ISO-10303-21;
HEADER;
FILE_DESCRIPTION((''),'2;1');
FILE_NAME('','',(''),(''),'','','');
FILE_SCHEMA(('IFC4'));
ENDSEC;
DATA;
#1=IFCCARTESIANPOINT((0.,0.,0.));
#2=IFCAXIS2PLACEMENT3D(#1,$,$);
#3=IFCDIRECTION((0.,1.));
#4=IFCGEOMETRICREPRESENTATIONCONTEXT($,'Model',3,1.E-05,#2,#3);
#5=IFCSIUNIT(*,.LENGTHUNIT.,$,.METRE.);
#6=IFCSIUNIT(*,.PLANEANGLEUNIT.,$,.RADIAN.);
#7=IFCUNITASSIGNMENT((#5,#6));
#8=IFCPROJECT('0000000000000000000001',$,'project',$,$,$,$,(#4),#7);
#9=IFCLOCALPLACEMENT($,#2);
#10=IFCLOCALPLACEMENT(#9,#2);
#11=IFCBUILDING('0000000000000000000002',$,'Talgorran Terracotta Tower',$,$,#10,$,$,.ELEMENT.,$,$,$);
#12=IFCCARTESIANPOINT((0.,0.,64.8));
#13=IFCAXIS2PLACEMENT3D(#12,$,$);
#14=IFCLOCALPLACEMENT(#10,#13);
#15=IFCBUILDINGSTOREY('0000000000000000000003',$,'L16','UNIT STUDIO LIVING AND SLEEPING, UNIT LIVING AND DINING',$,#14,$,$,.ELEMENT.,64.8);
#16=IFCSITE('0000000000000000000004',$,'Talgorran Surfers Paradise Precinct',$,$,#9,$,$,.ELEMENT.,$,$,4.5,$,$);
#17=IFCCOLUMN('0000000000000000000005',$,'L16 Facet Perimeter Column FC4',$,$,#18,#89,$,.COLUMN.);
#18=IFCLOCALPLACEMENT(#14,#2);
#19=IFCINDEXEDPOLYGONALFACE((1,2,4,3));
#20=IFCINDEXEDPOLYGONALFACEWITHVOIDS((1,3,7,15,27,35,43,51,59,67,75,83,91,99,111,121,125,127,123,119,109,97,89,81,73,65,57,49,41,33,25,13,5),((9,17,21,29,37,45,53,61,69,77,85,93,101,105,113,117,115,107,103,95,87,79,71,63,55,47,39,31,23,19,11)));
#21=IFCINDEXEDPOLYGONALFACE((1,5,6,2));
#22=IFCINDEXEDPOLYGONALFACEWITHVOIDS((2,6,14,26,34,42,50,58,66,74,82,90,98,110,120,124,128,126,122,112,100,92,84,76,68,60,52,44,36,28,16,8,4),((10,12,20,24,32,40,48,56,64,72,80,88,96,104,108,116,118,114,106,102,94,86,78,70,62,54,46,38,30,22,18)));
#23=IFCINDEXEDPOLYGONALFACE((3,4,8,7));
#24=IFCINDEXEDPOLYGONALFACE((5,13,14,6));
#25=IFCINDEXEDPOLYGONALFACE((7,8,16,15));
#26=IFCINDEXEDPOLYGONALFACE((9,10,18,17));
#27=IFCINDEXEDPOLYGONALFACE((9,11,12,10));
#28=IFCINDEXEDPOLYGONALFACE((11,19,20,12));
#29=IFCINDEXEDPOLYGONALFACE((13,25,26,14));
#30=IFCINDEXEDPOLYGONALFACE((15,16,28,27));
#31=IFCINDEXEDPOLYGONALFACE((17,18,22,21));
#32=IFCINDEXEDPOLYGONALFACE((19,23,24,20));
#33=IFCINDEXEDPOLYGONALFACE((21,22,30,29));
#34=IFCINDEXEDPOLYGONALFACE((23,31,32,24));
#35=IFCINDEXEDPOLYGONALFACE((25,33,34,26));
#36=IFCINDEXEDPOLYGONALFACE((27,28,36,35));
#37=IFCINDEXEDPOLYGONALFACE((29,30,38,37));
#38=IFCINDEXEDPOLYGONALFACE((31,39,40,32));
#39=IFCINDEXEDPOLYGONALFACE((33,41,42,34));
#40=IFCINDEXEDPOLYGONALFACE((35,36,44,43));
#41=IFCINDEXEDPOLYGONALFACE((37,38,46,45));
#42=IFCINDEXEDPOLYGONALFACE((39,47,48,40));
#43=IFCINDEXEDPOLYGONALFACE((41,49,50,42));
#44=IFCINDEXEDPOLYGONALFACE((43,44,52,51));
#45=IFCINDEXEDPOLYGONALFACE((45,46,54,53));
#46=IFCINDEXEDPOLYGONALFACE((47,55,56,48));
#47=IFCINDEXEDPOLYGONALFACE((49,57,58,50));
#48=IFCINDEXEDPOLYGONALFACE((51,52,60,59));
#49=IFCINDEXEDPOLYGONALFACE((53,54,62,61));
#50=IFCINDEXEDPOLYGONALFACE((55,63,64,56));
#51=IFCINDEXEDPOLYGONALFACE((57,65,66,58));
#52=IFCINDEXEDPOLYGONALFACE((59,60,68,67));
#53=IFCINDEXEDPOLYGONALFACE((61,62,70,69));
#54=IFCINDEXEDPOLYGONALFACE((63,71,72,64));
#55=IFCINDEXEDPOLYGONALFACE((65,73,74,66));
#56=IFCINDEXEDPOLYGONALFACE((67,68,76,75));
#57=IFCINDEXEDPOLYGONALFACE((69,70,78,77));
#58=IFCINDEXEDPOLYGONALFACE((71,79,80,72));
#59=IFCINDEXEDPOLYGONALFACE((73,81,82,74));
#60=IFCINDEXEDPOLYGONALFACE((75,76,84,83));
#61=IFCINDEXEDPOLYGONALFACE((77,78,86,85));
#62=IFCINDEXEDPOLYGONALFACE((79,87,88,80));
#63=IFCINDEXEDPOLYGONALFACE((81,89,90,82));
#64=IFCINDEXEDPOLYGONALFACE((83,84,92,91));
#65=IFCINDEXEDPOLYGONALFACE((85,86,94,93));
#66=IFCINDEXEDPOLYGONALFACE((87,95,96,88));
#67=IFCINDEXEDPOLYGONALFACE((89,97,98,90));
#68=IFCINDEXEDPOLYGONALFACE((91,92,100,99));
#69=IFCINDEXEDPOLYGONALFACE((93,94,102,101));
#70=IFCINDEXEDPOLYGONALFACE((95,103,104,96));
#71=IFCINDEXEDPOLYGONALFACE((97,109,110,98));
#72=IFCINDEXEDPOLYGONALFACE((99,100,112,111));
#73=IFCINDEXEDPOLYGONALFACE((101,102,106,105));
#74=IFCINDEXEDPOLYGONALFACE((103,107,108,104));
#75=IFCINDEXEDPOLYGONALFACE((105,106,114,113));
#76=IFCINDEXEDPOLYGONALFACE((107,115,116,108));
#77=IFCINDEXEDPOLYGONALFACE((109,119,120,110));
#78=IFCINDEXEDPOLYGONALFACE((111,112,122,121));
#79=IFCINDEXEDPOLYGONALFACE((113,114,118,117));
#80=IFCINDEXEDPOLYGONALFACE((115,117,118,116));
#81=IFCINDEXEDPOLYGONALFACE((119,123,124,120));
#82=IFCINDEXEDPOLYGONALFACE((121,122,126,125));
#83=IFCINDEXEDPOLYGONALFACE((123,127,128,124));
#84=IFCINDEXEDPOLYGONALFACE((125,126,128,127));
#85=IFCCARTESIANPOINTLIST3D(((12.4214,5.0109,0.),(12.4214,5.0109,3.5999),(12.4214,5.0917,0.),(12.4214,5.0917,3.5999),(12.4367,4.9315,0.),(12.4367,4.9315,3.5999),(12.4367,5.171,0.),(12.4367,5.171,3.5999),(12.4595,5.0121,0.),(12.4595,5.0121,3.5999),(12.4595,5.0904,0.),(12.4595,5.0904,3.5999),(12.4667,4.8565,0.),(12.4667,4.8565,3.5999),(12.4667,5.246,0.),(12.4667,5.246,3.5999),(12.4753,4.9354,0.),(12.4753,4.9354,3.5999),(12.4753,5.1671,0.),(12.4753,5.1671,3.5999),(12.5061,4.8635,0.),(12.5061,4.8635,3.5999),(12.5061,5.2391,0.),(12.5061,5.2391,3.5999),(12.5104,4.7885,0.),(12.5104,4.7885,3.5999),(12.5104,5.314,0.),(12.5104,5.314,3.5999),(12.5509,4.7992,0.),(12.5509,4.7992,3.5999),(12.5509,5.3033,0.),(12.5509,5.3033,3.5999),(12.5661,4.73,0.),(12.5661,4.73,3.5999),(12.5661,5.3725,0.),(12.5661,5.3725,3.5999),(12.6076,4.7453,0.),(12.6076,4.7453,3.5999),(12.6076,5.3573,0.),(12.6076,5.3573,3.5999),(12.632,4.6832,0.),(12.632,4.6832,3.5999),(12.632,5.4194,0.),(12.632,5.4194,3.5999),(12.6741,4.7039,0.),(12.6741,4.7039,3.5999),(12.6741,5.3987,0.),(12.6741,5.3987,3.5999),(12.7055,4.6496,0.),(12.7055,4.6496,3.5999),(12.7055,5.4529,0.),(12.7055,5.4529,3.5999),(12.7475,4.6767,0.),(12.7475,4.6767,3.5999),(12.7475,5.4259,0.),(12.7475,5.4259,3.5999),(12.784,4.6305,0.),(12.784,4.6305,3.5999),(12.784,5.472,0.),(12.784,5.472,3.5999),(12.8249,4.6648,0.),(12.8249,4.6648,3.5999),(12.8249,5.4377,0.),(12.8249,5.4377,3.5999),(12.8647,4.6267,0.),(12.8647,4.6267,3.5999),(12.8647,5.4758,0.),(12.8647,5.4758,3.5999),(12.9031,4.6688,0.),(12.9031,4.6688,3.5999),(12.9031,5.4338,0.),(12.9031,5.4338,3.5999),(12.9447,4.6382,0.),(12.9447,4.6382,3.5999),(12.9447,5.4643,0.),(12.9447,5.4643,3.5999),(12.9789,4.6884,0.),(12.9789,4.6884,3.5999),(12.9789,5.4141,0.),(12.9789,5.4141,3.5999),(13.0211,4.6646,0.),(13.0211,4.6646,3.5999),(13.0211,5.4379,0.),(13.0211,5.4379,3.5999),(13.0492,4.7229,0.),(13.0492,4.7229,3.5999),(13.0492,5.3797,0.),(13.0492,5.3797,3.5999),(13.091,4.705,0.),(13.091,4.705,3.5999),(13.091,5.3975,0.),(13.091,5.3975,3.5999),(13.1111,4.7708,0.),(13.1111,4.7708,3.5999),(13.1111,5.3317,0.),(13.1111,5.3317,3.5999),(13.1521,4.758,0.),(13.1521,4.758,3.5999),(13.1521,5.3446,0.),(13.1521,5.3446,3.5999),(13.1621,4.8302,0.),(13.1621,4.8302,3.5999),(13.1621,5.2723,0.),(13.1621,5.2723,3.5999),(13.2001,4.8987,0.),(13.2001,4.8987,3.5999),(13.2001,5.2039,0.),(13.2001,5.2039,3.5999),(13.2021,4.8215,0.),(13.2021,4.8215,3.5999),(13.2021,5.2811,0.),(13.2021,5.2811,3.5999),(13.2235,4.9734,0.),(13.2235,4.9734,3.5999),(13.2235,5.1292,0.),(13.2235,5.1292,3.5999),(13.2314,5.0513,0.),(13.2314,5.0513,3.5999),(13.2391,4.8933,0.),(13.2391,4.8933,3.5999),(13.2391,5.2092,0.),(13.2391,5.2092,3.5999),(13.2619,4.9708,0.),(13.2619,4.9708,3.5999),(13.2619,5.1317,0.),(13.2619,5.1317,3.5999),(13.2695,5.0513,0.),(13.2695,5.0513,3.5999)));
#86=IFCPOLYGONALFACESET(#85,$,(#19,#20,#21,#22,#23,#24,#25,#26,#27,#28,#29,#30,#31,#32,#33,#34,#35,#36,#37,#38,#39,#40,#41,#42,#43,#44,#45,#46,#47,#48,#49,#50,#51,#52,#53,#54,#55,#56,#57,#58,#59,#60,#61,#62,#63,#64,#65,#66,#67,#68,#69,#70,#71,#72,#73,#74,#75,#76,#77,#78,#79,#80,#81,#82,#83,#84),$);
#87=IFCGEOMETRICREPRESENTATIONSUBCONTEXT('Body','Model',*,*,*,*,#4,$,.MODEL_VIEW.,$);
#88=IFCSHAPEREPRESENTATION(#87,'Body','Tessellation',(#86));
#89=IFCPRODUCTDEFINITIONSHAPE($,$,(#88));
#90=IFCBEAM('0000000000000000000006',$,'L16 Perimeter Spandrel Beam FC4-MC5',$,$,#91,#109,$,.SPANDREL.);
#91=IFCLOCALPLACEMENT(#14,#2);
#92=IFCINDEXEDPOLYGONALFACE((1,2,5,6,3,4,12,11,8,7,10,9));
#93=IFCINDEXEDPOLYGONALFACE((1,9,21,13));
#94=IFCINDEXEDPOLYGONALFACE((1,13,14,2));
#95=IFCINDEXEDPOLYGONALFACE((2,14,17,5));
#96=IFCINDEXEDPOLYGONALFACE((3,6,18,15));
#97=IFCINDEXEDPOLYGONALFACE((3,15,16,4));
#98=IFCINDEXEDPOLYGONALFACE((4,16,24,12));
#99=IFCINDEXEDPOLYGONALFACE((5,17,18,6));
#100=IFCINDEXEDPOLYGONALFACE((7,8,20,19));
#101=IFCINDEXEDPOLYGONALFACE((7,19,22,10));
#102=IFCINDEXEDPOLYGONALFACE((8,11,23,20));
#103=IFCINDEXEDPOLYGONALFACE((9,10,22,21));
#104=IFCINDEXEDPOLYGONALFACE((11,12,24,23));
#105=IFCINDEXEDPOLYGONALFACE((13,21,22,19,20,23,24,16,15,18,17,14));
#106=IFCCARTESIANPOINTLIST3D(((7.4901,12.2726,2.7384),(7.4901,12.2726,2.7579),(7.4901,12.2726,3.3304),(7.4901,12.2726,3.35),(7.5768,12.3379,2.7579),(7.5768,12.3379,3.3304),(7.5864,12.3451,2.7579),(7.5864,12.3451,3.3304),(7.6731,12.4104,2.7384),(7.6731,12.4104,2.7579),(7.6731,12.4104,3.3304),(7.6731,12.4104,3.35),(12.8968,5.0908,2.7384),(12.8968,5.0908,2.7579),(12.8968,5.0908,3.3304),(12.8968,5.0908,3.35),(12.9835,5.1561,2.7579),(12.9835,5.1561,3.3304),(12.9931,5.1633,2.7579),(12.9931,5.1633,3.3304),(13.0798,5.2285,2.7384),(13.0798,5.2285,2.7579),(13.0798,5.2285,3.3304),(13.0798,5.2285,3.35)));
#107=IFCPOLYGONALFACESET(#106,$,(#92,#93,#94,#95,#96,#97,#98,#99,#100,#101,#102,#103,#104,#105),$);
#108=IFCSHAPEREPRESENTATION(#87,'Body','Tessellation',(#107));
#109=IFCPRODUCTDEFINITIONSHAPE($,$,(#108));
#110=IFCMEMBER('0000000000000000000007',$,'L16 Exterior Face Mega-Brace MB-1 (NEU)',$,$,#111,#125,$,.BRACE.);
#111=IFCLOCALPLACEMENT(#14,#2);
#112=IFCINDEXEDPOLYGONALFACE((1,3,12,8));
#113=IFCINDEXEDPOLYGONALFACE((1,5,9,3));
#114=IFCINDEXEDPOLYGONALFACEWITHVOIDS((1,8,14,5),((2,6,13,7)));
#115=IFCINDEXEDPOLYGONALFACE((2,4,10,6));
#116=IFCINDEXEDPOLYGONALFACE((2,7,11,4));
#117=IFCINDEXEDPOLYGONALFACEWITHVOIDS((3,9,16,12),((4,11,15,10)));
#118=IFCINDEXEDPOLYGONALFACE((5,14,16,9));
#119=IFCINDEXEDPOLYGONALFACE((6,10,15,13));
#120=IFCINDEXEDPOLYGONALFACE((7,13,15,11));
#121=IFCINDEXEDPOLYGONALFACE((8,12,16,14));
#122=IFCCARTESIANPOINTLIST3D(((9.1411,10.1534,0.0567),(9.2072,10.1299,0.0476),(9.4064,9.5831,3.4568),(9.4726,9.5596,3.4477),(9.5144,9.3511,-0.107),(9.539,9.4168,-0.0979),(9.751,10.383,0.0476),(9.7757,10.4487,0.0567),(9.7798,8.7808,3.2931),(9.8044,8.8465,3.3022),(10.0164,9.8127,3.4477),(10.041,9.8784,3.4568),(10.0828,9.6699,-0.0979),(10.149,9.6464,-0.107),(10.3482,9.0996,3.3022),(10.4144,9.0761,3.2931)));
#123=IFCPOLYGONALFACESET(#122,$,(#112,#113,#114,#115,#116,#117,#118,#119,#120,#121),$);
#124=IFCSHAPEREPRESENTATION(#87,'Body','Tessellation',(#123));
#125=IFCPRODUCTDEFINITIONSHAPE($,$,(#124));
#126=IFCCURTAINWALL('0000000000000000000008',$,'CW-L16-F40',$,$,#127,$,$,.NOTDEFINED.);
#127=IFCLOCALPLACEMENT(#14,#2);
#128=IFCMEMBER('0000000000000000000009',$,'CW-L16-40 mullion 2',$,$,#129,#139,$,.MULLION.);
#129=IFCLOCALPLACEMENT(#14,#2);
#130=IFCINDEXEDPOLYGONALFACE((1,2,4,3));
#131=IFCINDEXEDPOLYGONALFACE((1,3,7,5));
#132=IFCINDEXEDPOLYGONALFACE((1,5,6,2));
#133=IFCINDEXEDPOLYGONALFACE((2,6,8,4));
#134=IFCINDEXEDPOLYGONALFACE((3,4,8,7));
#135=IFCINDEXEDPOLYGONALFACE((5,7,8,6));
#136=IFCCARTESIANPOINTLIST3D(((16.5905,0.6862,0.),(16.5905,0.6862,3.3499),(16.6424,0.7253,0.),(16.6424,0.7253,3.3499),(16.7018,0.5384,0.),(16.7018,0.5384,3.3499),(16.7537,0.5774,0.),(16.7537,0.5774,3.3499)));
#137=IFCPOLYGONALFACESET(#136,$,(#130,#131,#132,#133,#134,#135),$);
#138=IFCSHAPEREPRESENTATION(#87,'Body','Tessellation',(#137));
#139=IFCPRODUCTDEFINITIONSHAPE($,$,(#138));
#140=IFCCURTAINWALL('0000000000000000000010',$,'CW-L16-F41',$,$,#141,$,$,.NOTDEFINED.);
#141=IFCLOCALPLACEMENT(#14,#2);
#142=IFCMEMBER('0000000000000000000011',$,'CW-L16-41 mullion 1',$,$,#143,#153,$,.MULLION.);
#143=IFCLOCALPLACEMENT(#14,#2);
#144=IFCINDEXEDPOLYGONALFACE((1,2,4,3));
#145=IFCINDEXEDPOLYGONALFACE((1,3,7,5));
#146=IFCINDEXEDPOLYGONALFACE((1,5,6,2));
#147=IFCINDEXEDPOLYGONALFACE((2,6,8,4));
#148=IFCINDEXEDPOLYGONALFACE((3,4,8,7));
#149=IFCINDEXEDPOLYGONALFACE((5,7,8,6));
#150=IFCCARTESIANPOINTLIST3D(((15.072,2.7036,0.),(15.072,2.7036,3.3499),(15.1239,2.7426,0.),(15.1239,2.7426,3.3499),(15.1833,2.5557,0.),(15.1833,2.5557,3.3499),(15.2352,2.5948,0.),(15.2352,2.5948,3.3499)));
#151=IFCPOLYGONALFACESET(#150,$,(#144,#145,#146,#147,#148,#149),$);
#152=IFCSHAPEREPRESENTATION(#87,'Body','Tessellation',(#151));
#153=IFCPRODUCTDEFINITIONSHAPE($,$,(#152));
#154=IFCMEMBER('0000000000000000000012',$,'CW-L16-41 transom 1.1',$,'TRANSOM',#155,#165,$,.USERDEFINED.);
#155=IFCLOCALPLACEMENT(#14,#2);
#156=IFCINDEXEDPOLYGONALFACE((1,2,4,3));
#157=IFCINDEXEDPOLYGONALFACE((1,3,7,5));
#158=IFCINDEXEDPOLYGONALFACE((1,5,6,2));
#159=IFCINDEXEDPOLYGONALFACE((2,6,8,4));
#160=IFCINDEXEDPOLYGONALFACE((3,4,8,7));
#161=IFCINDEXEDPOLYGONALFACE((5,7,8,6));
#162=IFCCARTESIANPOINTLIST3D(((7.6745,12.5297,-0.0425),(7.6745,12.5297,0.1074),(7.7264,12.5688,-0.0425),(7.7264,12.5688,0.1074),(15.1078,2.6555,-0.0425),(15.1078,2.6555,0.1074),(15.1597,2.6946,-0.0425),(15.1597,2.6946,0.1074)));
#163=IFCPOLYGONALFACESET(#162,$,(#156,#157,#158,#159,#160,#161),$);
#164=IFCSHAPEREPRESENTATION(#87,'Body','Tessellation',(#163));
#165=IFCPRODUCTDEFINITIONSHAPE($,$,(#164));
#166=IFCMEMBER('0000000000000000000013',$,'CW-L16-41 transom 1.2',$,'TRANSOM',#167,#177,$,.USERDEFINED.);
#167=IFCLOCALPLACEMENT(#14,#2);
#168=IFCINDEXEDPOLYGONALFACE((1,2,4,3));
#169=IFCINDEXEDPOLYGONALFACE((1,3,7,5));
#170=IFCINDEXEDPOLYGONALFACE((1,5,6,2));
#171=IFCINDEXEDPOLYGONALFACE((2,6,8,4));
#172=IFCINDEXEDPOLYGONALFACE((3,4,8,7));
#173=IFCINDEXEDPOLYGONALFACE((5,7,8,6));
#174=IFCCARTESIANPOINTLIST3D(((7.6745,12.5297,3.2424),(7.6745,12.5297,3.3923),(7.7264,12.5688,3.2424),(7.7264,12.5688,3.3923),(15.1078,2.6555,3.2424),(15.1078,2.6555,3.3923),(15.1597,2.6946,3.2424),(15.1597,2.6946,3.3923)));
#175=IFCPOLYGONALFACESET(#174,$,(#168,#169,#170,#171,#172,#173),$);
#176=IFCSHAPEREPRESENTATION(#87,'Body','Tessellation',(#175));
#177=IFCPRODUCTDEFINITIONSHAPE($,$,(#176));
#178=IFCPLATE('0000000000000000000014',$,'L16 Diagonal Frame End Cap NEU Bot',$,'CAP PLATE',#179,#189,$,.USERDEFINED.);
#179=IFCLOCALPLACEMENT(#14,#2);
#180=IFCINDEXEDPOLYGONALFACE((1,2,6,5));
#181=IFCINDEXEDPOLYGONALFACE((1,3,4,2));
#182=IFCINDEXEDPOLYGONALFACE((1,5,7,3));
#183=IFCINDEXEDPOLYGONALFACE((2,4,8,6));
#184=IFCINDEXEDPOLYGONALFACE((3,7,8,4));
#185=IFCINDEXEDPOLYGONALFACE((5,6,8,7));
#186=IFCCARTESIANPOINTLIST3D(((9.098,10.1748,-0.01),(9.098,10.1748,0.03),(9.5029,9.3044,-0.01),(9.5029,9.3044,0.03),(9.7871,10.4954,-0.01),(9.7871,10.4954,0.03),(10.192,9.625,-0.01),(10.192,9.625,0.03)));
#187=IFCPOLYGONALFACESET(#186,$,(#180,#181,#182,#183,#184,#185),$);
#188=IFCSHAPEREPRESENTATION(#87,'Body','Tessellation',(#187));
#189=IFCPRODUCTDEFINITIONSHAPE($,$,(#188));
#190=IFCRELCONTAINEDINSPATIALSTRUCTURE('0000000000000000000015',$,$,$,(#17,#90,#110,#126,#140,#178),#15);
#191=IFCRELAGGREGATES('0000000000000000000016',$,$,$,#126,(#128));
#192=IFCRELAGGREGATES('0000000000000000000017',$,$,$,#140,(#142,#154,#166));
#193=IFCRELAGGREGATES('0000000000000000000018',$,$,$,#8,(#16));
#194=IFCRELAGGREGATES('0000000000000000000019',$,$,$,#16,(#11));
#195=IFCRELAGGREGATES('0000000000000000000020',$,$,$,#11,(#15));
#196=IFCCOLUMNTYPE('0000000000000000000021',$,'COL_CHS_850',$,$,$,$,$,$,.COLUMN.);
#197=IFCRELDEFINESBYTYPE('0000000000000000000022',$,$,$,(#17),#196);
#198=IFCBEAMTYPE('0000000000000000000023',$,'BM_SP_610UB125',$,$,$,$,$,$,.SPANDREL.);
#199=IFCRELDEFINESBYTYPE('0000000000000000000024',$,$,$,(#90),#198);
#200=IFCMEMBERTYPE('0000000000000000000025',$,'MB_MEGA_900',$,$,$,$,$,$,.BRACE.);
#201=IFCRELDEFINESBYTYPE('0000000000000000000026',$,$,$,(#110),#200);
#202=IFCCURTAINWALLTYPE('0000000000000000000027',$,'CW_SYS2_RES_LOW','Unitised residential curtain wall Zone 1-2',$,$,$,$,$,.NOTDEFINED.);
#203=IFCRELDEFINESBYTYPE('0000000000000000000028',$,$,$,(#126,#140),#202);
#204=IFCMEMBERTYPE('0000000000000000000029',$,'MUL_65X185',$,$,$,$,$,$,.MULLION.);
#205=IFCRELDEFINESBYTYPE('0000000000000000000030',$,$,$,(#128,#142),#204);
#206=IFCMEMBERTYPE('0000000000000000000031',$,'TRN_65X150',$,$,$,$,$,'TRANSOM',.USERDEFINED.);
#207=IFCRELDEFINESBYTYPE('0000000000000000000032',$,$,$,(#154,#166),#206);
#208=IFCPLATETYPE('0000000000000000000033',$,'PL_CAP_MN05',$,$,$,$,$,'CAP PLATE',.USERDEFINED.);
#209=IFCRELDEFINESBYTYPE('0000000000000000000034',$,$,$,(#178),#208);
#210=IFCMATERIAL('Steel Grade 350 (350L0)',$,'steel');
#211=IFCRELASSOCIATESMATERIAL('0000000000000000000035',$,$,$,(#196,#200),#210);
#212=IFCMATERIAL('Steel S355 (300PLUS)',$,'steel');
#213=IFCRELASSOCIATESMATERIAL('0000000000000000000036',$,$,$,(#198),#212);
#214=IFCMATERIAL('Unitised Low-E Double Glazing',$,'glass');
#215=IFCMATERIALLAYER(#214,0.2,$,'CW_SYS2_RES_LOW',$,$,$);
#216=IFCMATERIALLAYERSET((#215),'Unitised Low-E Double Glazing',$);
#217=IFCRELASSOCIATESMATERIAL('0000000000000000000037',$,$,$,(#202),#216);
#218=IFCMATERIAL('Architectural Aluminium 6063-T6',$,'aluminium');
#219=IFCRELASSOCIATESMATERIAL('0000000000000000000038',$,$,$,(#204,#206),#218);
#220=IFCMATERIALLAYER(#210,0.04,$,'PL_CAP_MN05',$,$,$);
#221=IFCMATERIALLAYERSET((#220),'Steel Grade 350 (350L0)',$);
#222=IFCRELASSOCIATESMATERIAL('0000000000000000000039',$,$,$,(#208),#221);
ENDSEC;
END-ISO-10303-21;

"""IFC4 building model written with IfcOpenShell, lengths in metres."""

from ifc_helpers import new_model, si_unit, direction, frame, origin, origin_2d, place, context, subcontext, project, spatial, rectangle, hollow_rectangle, hollow_circle, i_section, extrude, material, layer, layer_set, material_profile, profile_set, type_object, element, aggregate, save


model = new_model("IFC4")

# Units and contexts
model_context = context("Model", 3, precision=1e-05, world=origin(), true_north=direction((0.0, 1.0)))
body_context = subcontext(model_context, "Body", "Model", "MODEL_VIEW")
ifc_project = project(units=[si_unit("LENGTHUNIT", "METRE"), si_unit("PLANEANGLEUNIT", "RADIAN")], contexts=[model_context])

# Site, building, storey
site_placement = place(None, origin())
site = spatial("IfcSite", under=ifc_project, at=site_placement, Name="Talgorran Surfers Paradise Precinct", CompositionType="ELEMENT", RefElevation=4.5)
building_placement = place(site_placement, origin())
building = spatial("IfcBuilding", under=site, at=building_placement, Name="Talgorran Terracotta Tower", CompositionType="ELEMENT")
storey_placement = place(building_placement, frame((0.0, 0.0, 64.8)))
storey = spatial("IfcBuildingStorey", under=building, at=storey_placement, Name="L16", Description="UNIT STUDIO LIVING AND SLEEPING, UNIT LIVING AND DINING", CompositionType="ELEMENT", Elevation=64.8)

# Column
ifc_material_1 = material(Name="Steel Grade 350 (350L0)", Category="steel")
ifc_material_profile_1 = material_profile(ifc_material_1, hollow_circle(Radius=0.425, WallThickness=0.0381, at=origin_2d()), Name="CHS850X38")
ifc_profile_set_1 = profile_set([ifc_material_profile_1], Name="Steel Grade 350 (350L0)")
column_type = type_object("IfcColumnType", Name="COL_CHS_850", PredefinedType="COLUMN", material=ifc_profile_set_1)
column_placement = place(storey_placement, frame((12.8445, 5.0513, 0.0), z_axis=(0.0, 0.0, 1.0), x_axis=(1.0, 0.0, 0.0)))
element("IfcColumn", 1, at=column_placement, inside=storey, type_object=column_type, Name="L16 Facet Perimeter Column FC4", PredefinedType="COLUMN", context=body_context, shape_type="SweptSolid", body=[
    extrude(hollow_circle(Radius=0.425, WallThickness=0.0381, at=origin_2d()), origin(), (0.0, 0.0, 1.0), 3.5999),
])

# Beam
ifc_material_2 = material(Name="Steel S355 (300PLUS)", Category="steel")
ifc_material_profile_2 = material_profile(ifc_material_2, i_section(OverallWidth=0.229, OverallDepth=0.6116, WebThickness=0.012, FlangeThickness=0.0195, at=origin_2d()), Name="610UB125")
ifc_profile_set_2 = profile_set([ifc_material_profile_2], Name="Steel S355 (300PLUS)")
beam_type = type_object("IfcBeamType", Name="BM_SP_610UB125", PredefinedType="SPANDREL", material=ifc_profile_set_2)
beam_placement = place(storey_placement, frame((12.9883, 5.1597, 3.0442), z_axis=(-0.601446, 0.798913, 0.0), x_axis=(-0.798913, -0.601446, 0.0)))
element("IfcBeam", 2, at=beam_placement, inside=storey, type_object=beam_type, Name="L16 Perimeter Spandrel Beam FC4-MC5", PredefinedType="SPANDREL", context=body_context, shape_type="SweptSolid", body=[
    extrude(i_section(OverallWidth=0.229, OverallDepth=0.6116, WebThickness=0.012, FlangeThickness=0.0195, at=origin_2d()), origin(), (0.0, 0.0, 1.0), 8.9895),
])

# Member
ifc_material_profile_3 = material_profile(ifc_material_1, hollow_rectangle(XDim=0.7, YDim=0.8999, WallThickness=0.05, at=origin_2d()), Name="WBOX900X700X50")
ifc_profile_set_3 = profile_set([ifc_material_profile_3], Name="Steel Grade 350 (350L0)")
member_type_1 = type_object("IfcMemberType", Name="MB_MEGA_900", PredefinedType="BRACE", material=ifc_profile_set_3)
member_1_placement = place(storey_placement, frame((9.645, 9.8999, -0.0251), z_axis=(0.076748, -0.164933, 0.983314), x_axis=(0.906649, 0.421887, 0.0)))
element("IfcMember", 3, at=member_1_placement, inside=storey, type_object=member_type_1, Name="L16 Exterior Face Mega-Brace MB-1 (NEU)", PredefinedType="BRACE", context=body_context, shape_type="SweptSolid", body=[
    extrude(hollow_rectangle(XDim=0.7, YDim=0.8999, WallThickness=0.05, at=origin_2d()), origin(), (0.0, 0.0, 1.0), 3.4578),
])

# Curtain wall, member
ifc_material_3 = material(Name="Unitised Low-E Double Glazing", Category="glass")
ifc_layer_1 = layer(ifc_material_3, 0.2, Name="CW_SYS2_RES_LOW")
ifc_layer_set_1 = layer_set([ifc_layer_1], Name="Unitised Low-E Double Glazing")
curtain_wall_type = type_object("IfcCurtainWallType", Name="CW_SYS2_RES_LOW", Description="Unitised residential curtain wall Zone 1-2", PredefinedType="NOTDEFINED", material=ifc_layer_set_1)
curtain_wall_1_placement = place(storey_placement, origin())
curtain_wall_1 = element("IfcCurtainWall", 4, at=curtain_wall_1_placement, inside=storey, type_object=curtain_wall_type, Name="CW-L16-F40", PredefinedType="NOTDEFINED")
ifc_material_4 = material(Name="Architectural Aluminium 6063-T6", Category="aluminium")
ifc_material_profile_4 = material_profile(ifc_material_4, rectangle(XDim=0.0649, YDim=0.1851, at=origin_2d()), Name="CWM65X185")
ifc_profile_set_4 = profile_set([ifc_material_profile_4], Name="Architectural Aluminium 6063-T6")
member_type_2 = type_object("IfcMemberType", Name="MUL_65X185", PredefinedType="MULLION", material=ifc_profile_set_4)
member_2_placement = place(storey_placement, frame((16.6721, 0.6318, 0.0), z_axis=(0.0, 0.0, 1.0), x_axis=(-0.798919, -0.601439, 0.0)))
member_2 = element("IfcMember", 5, at=member_2_placement, type_object=member_type_2, Name="CW-L16-40 mullion 2", PredefinedType="MULLION", context=body_context, shape_type="SweptSolid", body=[
    extrude(rectangle(XDim=0.0649, YDim=0.1851, at=origin_2d()), origin(), (0.0, 0.0, 1.0), 3.3499),
])
aggregate(curtain_wall_1, [member_2])

# Curtain wall, members
curtain_wall_2_placement = place(storey_placement, origin())
curtain_wall_2 = element("IfcCurtainWall", 6, at=curtain_wall_2_placement, inside=storey, type_object=curtain_wall_type, Name="CW-L16-F41", PredefinedType="NOTDEFINED")
member_3_placement = place(storey_placement, frame((15.1536, 2.6492, 0.0), z_axis=(0.0, 0.0, 1.0), x_axis=(-0.798921, -0.601436, 0.0)))
member_3 = element("IfcMember", 7, at=member_3_placement, type_object=member_type_2, Name="CW-L16-41 mullion 1", PredefinedType="MULLION", context=body_context, shape_type="SweptSolid", body=[
    extrude(rectangle(XDim=0.0649, YDim=0.1851, at=origin_2d()), origin(), (0.0, 0.0, 1.0), 3.3499),
])
ifc_material_profile_5 = material_profile(ifc_material_4, rectangle(XDim=0.0649, YDim=0.1499, at=origin_2d()), Name="CWT65X150")
ifc_profile_set_5 = profile_set([ifc_material_profile_5], Name="Architectural Aluminium 6063-T6")
member_type_3 = type_object("IfcMemberType", Name="TRN_65X150", ElementType="TRANSOM", PredefinedType="USERDEFINED", material=ifc_profile_set_5)
member_4_placement = place(storey_placement, frame((15.1338, 2.675, 0.0325), z_axis=(-0.601431, 0.798925, 0.0), x_axis=(-0.798925, -0.601431, 0.0)))
member_4 = element("IfcMember", 8, at=member_4_placement, type_object=member_type_3, Name="CW-L16-41 transom 1.1", ObjectType="TRANSOM", PredefinedType="USERDEFINED", context=body_context, shape_type="SweptSolid", body=[
    extrude(rectangle(XDim=0.0649, YDim=0.1499, at=origin_2d()), origin(), (0.0, 0.0, 1.0), 12.3594),
])
member_5_placement = place(storey_placement, frame((15.1338, 2.675, 3.3174), z_axis=(-0.601431, 0.798925, 0.0), x_axis=(-0.798925, -0.601431, 0.0)))
member_5 = element("IfcMember", 9, at=member_5_placement, type_object=member_type_3, Name="CW-L16-41 transom 1.2", ObjectType="TRANSOM", PredefinedType="USERDEFINED", context=body_context, shape_type="SweptSolid", body=[
    extrude(rectangle(XDim=0.0649, YDim=0.1499, at=origin_2d()), origin(), (0.0, 0.0, 1.0), 12.3594),
])

# Plate
ifc_layer_2 = layer(ifc_material_1, 0.04, Name="PL_CAP_MN05")
ifc_layer_set_2 = layer_set([ifc_layer_2], Name="Steel Grade 350 (350L0)")
plate_type_1 = type_object("IfcPlateType", Name="PL_CAP_MN05", ElementType="CAP PLATE", PredefinedType="USERDEFINED", material=ifc_layer_set_2)
for number, where, z_axis, x_axis, name in (
    (10, (9.645, 9.8999, -0.01), (0.0, 0.0, 1.0), (0.421827, -0.906676, 0.0), "L16 Diagonal Frame End Cap NEU Bot"),
):
    element("IfcPlate", number, at=place(storey_placement, frame(where, z_axis=z_axis, x_axis=x_axis)), inside=storey, type_object=plate_type_1, Name=name, ObjectType="CAP PLATE", PredefinedType="USERDEFINED", context=body_context, shape_type="SweptSolid", body=[
        extrude(rectangle(XDim=0.96, YDim=0.76, at=origin_2d()), origin(), (0.0, 0.0, 1.0), 0.04),
    ])

aggregate(curtain_wall_2, [member_3, member_4, member_5])

save(model, "model.ifc")
